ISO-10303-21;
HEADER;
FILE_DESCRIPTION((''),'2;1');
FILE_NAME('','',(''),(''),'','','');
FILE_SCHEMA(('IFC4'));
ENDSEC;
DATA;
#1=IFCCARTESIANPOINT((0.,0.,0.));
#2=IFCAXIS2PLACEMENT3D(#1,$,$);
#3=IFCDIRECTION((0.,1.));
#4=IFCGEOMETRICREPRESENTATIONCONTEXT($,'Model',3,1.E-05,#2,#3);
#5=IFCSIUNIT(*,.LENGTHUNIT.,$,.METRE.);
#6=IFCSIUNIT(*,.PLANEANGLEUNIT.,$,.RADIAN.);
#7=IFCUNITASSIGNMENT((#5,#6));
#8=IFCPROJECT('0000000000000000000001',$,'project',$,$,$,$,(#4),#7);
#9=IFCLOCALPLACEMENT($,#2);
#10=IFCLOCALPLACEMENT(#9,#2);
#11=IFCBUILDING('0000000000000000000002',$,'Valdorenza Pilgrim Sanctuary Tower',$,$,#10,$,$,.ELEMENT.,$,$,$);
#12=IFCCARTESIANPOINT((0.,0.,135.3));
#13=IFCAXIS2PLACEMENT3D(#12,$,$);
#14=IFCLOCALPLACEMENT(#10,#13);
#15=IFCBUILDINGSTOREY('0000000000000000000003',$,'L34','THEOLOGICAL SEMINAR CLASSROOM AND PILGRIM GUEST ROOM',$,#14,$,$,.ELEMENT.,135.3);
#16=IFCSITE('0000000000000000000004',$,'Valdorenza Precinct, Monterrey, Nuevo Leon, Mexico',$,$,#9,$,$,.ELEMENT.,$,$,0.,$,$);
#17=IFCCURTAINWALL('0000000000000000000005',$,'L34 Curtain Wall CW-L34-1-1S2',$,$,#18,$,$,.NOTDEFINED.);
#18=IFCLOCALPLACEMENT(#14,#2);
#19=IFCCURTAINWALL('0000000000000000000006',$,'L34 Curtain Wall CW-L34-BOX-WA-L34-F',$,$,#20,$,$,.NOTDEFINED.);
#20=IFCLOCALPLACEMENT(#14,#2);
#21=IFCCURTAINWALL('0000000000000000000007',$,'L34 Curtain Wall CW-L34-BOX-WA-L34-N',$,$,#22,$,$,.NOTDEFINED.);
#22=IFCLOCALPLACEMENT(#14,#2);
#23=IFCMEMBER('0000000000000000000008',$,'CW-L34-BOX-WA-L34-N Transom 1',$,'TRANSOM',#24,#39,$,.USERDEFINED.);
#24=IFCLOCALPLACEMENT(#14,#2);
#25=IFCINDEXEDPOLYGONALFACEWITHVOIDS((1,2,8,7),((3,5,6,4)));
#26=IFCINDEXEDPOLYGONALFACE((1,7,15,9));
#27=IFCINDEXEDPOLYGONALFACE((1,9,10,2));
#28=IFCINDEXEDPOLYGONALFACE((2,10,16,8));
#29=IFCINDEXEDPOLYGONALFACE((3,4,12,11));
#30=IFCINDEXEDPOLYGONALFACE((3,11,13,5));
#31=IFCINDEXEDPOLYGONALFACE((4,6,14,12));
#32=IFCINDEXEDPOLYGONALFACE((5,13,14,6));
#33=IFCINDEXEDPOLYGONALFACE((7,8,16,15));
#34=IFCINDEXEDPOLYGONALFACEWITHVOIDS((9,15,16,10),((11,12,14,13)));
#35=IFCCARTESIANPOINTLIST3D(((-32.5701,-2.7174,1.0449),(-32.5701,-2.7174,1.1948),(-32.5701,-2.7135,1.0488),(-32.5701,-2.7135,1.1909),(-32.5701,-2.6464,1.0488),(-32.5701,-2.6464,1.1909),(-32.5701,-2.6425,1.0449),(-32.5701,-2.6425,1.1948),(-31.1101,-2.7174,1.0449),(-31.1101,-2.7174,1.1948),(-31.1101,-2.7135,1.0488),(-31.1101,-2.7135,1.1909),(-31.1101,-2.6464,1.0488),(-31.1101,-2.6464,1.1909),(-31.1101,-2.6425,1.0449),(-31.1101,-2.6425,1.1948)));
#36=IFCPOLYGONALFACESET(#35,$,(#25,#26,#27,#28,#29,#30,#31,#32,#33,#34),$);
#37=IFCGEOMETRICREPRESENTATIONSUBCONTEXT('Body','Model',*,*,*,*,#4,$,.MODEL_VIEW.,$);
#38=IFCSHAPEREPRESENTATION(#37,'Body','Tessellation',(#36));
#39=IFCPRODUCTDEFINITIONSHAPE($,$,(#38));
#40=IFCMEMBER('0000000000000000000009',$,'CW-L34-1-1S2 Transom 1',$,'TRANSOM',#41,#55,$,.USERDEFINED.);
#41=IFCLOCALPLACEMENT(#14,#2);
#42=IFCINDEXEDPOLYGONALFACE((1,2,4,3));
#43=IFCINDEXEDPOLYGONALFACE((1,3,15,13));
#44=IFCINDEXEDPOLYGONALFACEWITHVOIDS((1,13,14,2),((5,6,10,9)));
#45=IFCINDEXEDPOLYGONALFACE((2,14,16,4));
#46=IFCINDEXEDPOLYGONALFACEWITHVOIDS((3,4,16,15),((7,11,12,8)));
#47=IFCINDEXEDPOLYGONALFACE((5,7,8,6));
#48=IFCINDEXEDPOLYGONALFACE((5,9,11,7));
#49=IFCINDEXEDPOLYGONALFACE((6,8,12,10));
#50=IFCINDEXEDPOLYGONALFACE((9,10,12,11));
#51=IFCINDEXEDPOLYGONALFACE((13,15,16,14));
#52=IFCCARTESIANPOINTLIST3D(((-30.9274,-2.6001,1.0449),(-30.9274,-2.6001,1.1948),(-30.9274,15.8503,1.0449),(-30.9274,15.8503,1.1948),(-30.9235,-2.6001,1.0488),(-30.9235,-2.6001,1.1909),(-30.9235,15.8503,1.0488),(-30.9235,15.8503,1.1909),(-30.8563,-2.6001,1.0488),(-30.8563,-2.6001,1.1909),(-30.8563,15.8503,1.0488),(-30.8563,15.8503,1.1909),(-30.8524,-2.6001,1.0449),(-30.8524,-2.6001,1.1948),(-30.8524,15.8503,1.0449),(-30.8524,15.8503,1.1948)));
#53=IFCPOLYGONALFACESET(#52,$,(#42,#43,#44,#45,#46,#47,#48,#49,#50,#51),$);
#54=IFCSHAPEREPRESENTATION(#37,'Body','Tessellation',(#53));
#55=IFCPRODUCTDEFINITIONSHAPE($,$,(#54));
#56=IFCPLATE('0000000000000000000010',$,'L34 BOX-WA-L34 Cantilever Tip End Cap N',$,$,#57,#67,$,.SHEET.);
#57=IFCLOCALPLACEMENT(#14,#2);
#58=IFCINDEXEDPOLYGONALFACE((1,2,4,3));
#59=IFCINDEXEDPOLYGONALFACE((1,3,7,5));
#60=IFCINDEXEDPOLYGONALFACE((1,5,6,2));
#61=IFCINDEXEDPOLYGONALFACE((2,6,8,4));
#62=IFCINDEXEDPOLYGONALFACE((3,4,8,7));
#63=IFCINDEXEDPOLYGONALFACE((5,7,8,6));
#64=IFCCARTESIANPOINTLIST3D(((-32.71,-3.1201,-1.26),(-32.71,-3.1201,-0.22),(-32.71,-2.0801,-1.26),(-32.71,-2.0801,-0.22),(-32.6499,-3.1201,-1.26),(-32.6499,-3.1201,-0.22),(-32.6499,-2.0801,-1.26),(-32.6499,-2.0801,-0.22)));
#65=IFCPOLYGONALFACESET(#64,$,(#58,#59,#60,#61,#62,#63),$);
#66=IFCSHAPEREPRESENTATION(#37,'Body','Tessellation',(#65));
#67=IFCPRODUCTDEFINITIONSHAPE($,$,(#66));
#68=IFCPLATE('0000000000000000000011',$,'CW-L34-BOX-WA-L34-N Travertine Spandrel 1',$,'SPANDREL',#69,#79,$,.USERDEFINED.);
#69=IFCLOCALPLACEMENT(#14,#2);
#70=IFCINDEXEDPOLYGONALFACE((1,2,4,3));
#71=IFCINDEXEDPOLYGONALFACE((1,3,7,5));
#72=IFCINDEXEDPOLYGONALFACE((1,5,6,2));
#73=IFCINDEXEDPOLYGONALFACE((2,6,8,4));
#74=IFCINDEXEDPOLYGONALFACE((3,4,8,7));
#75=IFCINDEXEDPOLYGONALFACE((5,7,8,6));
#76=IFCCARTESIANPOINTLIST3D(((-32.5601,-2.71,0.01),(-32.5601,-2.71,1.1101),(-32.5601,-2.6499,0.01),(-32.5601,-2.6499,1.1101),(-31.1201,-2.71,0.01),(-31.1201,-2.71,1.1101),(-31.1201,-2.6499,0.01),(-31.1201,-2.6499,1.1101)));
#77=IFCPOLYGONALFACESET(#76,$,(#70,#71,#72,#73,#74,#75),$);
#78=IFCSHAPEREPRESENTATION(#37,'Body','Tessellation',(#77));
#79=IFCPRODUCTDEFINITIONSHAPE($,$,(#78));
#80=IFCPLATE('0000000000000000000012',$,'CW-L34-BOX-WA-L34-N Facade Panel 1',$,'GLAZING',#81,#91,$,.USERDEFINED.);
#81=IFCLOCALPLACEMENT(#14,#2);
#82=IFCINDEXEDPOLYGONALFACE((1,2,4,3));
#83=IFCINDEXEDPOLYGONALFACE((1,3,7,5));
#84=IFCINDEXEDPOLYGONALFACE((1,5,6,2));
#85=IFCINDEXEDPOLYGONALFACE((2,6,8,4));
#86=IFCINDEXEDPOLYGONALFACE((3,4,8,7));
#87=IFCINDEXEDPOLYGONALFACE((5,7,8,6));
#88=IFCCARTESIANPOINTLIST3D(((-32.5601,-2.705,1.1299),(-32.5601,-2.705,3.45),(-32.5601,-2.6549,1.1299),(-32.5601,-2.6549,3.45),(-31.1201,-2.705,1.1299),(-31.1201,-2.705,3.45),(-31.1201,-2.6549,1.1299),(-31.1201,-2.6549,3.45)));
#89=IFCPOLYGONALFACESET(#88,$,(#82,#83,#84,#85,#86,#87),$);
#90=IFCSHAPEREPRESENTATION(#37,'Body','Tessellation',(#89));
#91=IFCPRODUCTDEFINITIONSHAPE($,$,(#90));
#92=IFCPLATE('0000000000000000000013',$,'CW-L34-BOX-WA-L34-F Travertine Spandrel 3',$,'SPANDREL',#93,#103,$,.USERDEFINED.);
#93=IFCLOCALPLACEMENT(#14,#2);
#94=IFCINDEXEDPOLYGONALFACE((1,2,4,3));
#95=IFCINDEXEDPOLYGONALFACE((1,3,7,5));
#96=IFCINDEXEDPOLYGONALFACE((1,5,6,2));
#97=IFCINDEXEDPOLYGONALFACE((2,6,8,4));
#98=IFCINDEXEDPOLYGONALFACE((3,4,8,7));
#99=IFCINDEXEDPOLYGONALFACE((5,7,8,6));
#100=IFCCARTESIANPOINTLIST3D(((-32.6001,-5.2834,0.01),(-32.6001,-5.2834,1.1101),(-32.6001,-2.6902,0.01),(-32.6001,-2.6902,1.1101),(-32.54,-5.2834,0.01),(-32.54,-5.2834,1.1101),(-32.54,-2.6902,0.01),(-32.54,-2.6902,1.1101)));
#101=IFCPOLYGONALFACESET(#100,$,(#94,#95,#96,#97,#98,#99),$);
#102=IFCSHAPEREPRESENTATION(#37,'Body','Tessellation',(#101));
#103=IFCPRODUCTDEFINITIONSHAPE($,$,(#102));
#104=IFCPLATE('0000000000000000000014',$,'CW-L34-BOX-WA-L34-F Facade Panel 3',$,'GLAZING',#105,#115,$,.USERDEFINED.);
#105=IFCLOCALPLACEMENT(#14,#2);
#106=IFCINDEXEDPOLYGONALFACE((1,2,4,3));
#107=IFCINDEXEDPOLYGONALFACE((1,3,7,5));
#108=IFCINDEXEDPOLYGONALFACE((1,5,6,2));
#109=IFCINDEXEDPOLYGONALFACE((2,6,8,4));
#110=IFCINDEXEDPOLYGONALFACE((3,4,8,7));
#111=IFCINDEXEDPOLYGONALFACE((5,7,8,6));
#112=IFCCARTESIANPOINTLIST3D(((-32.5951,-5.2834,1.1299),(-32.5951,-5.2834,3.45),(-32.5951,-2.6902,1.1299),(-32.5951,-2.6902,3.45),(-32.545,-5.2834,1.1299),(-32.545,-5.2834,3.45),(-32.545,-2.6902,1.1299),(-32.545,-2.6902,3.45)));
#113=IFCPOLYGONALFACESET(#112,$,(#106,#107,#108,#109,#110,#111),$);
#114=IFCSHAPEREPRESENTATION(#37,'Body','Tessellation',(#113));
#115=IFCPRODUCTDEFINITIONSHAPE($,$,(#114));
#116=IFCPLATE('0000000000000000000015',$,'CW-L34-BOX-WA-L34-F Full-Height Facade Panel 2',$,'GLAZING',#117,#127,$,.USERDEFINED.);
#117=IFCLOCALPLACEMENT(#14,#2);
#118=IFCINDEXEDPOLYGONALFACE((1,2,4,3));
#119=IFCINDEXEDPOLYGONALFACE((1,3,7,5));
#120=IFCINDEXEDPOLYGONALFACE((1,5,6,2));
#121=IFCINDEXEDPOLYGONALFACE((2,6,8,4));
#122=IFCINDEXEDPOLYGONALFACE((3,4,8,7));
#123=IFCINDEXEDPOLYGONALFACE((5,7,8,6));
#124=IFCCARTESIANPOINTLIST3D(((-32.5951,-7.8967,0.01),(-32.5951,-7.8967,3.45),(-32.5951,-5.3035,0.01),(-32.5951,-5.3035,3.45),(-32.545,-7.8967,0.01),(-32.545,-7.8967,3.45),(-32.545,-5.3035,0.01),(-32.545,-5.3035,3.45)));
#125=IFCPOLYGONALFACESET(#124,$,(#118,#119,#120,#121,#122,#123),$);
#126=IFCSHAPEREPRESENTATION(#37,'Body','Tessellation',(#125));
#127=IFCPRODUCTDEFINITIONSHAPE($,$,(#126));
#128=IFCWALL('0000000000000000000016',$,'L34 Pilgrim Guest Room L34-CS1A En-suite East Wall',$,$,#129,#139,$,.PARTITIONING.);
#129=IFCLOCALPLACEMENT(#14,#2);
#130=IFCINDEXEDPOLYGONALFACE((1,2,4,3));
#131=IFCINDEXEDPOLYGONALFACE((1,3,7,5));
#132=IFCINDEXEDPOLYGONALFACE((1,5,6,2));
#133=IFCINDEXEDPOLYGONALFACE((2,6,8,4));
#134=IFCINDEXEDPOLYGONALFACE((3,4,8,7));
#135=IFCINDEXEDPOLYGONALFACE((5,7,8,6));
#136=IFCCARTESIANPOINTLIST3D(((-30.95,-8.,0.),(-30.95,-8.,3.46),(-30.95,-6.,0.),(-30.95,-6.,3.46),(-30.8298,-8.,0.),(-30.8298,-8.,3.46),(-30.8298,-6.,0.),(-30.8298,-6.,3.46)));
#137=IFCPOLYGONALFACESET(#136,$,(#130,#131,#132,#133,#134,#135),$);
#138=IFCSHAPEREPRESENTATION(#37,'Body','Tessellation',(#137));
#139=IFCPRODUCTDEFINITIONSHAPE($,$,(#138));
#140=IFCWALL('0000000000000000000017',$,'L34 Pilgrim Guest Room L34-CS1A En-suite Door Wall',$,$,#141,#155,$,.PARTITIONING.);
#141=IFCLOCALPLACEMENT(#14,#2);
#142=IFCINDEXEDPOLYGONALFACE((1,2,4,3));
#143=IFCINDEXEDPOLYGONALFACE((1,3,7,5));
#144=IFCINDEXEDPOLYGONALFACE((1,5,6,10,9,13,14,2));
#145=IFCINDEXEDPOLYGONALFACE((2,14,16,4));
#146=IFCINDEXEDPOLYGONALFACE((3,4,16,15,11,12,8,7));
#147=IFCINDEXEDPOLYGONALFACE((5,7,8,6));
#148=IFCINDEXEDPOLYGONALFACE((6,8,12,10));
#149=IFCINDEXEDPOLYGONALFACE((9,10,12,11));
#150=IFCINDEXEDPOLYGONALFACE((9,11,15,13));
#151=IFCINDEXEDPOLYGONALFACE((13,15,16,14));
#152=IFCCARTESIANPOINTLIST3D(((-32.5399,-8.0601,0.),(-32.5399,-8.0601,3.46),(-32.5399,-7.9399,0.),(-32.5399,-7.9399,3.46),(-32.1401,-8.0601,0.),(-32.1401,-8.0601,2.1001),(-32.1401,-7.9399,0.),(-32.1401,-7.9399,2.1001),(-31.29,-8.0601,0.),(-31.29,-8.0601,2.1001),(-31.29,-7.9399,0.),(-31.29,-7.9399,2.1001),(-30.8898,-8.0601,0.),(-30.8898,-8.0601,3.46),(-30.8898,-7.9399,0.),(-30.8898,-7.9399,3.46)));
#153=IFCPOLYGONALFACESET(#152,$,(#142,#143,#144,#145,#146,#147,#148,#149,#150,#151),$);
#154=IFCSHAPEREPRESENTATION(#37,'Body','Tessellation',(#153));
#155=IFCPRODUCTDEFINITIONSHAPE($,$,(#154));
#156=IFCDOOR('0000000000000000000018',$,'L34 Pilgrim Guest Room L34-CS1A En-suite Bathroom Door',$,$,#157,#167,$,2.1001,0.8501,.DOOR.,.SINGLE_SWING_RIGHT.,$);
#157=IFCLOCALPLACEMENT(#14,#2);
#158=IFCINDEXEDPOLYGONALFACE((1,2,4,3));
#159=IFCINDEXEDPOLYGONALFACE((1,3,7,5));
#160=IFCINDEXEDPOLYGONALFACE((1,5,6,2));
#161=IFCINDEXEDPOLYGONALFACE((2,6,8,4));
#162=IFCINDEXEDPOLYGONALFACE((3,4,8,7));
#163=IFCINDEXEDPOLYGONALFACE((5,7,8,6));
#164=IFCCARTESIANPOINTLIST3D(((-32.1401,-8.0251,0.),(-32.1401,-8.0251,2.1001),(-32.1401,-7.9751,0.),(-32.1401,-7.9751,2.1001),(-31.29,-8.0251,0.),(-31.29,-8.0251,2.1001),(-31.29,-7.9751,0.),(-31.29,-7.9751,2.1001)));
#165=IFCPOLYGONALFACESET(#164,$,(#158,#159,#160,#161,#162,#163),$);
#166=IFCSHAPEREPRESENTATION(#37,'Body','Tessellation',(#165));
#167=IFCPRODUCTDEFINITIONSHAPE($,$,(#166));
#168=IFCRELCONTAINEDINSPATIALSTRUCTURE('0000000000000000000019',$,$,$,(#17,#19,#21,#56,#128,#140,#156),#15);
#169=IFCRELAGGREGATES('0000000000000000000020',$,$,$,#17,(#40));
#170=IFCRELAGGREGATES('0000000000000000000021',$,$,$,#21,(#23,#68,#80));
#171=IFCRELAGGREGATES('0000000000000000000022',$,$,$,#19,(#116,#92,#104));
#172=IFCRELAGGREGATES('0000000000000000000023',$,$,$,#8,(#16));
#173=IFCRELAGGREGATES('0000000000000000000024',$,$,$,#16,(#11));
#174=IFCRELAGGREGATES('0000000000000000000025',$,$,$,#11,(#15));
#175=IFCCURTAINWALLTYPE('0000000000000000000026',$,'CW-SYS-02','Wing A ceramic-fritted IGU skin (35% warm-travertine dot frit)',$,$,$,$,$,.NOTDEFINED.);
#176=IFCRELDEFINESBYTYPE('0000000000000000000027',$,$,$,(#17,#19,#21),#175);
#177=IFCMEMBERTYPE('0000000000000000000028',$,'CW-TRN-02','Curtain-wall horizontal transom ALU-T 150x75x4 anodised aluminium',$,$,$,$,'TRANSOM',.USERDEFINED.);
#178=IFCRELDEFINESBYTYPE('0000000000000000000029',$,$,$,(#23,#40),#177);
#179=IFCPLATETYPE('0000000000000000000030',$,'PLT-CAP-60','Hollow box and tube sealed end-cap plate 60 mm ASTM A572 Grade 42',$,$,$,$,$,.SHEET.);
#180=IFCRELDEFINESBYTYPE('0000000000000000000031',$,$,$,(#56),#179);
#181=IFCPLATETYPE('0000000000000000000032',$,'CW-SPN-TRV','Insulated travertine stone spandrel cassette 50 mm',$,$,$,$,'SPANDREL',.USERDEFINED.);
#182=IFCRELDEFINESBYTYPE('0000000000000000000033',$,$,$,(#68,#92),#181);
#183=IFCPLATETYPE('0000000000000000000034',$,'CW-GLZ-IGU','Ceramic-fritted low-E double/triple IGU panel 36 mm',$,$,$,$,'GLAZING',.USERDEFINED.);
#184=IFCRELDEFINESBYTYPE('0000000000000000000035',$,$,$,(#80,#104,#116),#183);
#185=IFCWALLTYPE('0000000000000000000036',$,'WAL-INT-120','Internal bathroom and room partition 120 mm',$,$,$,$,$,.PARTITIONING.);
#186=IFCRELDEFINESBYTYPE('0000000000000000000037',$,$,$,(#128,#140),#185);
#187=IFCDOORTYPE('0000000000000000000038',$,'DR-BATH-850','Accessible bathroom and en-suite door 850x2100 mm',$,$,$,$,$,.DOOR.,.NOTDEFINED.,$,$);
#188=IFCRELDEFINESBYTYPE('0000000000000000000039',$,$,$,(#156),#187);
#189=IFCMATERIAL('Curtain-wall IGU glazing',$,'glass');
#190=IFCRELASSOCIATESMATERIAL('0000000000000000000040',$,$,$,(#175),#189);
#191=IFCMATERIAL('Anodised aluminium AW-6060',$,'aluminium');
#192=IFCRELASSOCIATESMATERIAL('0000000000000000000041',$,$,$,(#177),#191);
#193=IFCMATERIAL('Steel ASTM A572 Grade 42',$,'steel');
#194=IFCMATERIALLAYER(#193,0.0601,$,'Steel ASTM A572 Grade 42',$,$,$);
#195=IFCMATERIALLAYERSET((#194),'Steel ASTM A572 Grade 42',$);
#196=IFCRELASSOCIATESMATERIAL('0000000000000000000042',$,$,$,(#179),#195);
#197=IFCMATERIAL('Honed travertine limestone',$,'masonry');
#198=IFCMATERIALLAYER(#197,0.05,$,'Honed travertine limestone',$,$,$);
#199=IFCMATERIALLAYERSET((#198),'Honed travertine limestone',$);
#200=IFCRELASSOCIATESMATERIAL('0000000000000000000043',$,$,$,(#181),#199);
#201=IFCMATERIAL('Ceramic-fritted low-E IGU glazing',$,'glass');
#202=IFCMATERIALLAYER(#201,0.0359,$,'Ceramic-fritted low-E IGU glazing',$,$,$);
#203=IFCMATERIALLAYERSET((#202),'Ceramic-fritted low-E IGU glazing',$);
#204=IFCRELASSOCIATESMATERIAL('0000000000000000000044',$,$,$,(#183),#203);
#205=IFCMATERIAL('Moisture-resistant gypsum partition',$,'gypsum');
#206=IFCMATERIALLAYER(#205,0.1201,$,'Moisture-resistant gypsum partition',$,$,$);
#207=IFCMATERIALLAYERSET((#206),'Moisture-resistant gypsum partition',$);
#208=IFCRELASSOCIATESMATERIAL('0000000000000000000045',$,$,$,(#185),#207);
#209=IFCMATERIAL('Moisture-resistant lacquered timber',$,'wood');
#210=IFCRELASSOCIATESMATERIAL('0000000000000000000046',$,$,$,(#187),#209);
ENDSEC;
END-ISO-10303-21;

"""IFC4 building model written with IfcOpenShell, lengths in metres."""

from ifc_helpers import new_model, si_unit, direction, frame, frame_2d, origin, origin_2d, place, context, subcontext, project, spatial, rectangle, hollow_rectangle, extrude, source, transform, mapped, material, layer, layer_set, material_profile, profile_set, type_object, element, fill, aggregate, save


model = new_model("IFC4")

# Units and contexts
model_context = context("Model", 3, precision=1e-05, world=origin(), true_north=direction((0.0, 1.0)))
body_context = subcontext(model_context, "Body", "Model", "MODEL_VIEW")
ifc_project = project(units=[si_unit("LENGTHUNIT", "METRE"), si_unit("PLANEANGLEUNIT", "RADIAN")], contexts=[model_context])

# Site, building, storey
site_placement = place(None, origin())
site = spatial("IfcSite", under=ifc_project, at=site_placement, Name="Valdorenza Precinct, Monterrey, Nuevo Leon, Mexico", CompositionType="ELEMENT", RefElevation=0.0)
building_placement = place(site_placement, origin())
building = spatial("IfcBuilding", under=site, at=building_placement, Name="Valdorenza Pilgrim Sanctuary Tower", CompositionType="ELEMENT")
storey_placement = place(building_placement, frame((0.0, 0.0, 135.3)))
storey = spatial("IfcBuildingStorey", under=building, at=storey_placement, Name="L34", Description="THEOLOGICAL SEMINAR CLASSROOM AND PILGRIM GUEST ROOM", CompositionType="ELEMENT", Elevation=135.3)

# Shared definitions
ifc_material_1 = material(Name="Steel ASTM A572 Grade 42", Category="steel")

# Curtain wall
ifc_material_2 = material(Name="Curtain-wall IGU glazing", Category="glass")
curtain_wall_type = type_object("IfcCurtainWallType", Name="CW-SYS-02", Description="Wing A ceramic-fritted IGU skin (35% warm-travertine dot frit)", PredefinedType="NOTDEFINED", material=ifc_material_2)
curtain_wall_1_placement = place(storey_placement, origin())
curtain_wall_1 = element("IfcCurtainWall", 1, at=curtain_wall_1_placement, inside=storey, type_object=curtain_wall_type, Name="L34 Curtain Wall CW-L34-1-1S2", PredefinedType="NOTDEFINED")
ifc_material_3 = material(Name="Anodised aluminium AW-6060", Category="aluminium")

# Curtain walls, member
curtain_wall_2_placement = place(storey_placement, origin())
curtain_wall_2 = element("IfcCurtainWall", 2, at=curtain_wall_2_placement, inside=storey, type_object=curtain_wall_type, Name="L34 Curtain Wall CW-L34-BOX-WA-L34-F", PredefinedType="NOTDEFINED")
curtain_wall_3_placement = place(storey_placement, origin())
curtain_wall_3 = element("IfcCurtainWall", 3, at=curtain_wall_3_placement, inside=storey, type_object=curtain_wall_type, Name="L34 Curtain Wall CW-L34-BOX-WA-L34-N", PredefinedType="NOTDEFINED")
ifc_material_profile_1 = material_profile(ifc_material_3, hollow_rectangle(XDim=0.075, YDim=0.1499, WallThickness=0.0039, at=origin_2d()), Name="ALU-T 150x75x4")
ifc_profile_set_1 = profile_set([ifc_material_profile_1], Name="Anodised aluminium AW-6060")
member_type_1 = type_object("IfcMemberType", Name="CW-TRN-02", Description="Curtain-wall horizontal transom ALU-T 150x75x4 anodised aluminium", ElementType="TRANSOM", PredefinedType="USERDEFINED", material=ifc_profile_set_1)
shared_shape_1 = source(origin(), body_context, "Body", "SweptSolid", [
    extrude(hollow_rectangle(XDim=0.075, YDim=0.1499, WallThickness=0.0039, at=origin_2d()), origin(), (0.0, 0.0, 1.0), 1.46),
])
member_1_placement = place(storey_placement, frame((-32.5701, -2.6799, 1.1199), z_axis=(1.0, 0.0, 0.0), x_axis=(0.0, 1.0, 0.0)))
member_1 = element("IfcMember", 4, at=member_1_placement, type_object=member_type_1, Name="CW-L34-BOX-WA-L34-N Transom 1", ObjectType="TRANSOM", PredefinedType="USERDEFINED", context=body_context, shape_type="MappedRepresentation", body=[
    mapped(shared_shape_1, transform((0.0, 0.0, 0.0), x_axis=(1.0, 0.0, 0.0), y_axis=(0.0, 1.0, 0.0), z_axis=(0.0, 0.0, 1.0), scale=1.0)),
])

# Member
shared_shape_2 = source(origin(), body_context, "Body", "SweptSolid", [
    extrude(hollow_rectangle(XDim=0.075, YDim=0.1499, WallThickness=0.0039, at=origin_2d()), origin(), (0.0, 0.0, 1.0), 18.4504),
])
member_2_placement = place(storey_placement, frame((-30.8899, -2.6001, 1.1199), z_axis=(0.0, 1.0, 0.0), x_axis=(-1.0, 0.0, 0.0)))
member_2 = element("IfcMember", 5, at=member_2_placement, type_object=member_type_1, Name="CW-L34-1-1S2 Transom 1", ObjectType="TRANSOM", PredefinedType="USERDEFINED", context=body_context, shape_type="MappedRepresentation", body=[
    mapped(shared_shape_2, transform((0.0, 0.0, 0.0), x_axis=(1.0, 0.0, 0.0), y_axis=(0.0, 1.0, 0.0), z_axis=(0.0, 0.0, 1.0), scale=1.0)),
])
aggregate(curtain_wall_1, [member_2])

# Plates
ifc_layer_1 = layer(ifc_material_1, 0.0601, Name="Steel ASTM A572 Grade 42")
ifc_layer_set_1 = layer_set([ifc_layer_1], Name="Steel ASTM A572 Grade 42")
plate_type_1 = type_object("IfcPlateType", Name="PLT-CAP-60", Description="Hollow box and tube sealed end-cap plate 60 mm ASTM A572 Grade 42", PredefinedType="SHEET", material=ifc_layer_set_1)
shared_shape_3 = source(origin(), body_context, "Body", "SweptSolid", [
    extrude(rectangle(XDim=0.0601, YDim=1.04, at=origin_2d()), origin(), (0.0, 0.0, 1.0), 1.04),
])
plate_1_placement = place(storey_placement, frame((-32.6799, -2.6001, -1.26), z_axis=(0.0, 0.0, 1.0), x_axis=(1.0, 0.0, 0.0)))
element("IfcPlate", 6, at=plate_1_placement, inside=storey, type_object=plate_type_1, Name="L34 BOX-WA-L34 Cantilever Tip End Cap N", PredefinedType="SHEET", context=body_context, shape_type="MappedRepresentation", body=[
    mapped(shared_shape_3, transform((0.0, 0.0, 0.0), x_axis=(1.0, 0.0, 0.0), y_axis=(0.0, 1.0, 0.0), z_axis=(0.0, 0.0, 1.0), scale=1.0)),
])
ifc_material_4 = material(Name="Honed travertine limestone", Category="masonry")
ifc_layer_2 = layer(ifc_material_4, 0.05, Name="Honed travertine limestone")
ifc_layer_set_2 = layer_set([ifc_layer_2], Name="Honed travertine limestone")
plate_type_2 = type_object("IfcPlateType", Name="CW-SPN-TRV", Description="Insulated travertine stone spandrel cassette 50 mm", ElementType="SPANDREL", PredefinedType="USERDEFINED", material=ifc_layer_set_2)
shared_shape_4 = source(origin(), body_context, "Body", "SweptSolid", [
    extrude(rectangle(XDim=1.4399, YDim=0.0601, at=origin_2d()), origin(), (0.0, 0.0, 1.0), 1.1001),
])
plate_2_placement = place(storey_placement, frame((-31.8401, -2.6799, 0.01), z_axis=(0.0, 0.0, 1.0), x_axis=(1.0, 0.0, 0.0)))
plate_2 = element("IfcPlate", 7, at=plate_2_placement, type_object=plate_type_2, Name="CW-L34-BOX-WA-L34-N Travertine Spandrel 1", ObjectType="SPANDREL", PredefinedType="USERDEFINED", context=body_context, shape_type="MappedRepresentation", body=[
    mapped(shared_shape_4, transform((0.0, 0.0, 0.0), x_axis=(1.0, 0.0, 0.0), y_axis=(0.0, 1.0, 0.0), z_axis=(0.0, 0.0, 1.0), scale=1.0)),
])
ifc_material_5 = material(Name="Ceramic-fritted low-E IGU glazing", Category="glass")
ifc_layer_3 = layer(ifc_material_5, 0.0359, Name="Ceramic-fritted low-E IGU glazing")
ifc_layer_set_3 = layer_set([ifc_layer_3], Name="Ceramic-fritted low-E IGU glazing")
plate_type_3 = type_object("IfcPlateType", Name="CW-GLZ-IGU", Description="Ceramic-fritted low-E double/triple IGU panel 36 mm", ElementType="GLAZING", PredefinedType="USERDEFINED", material=ifc_layer_set_3)
shared_shape_5 = source(origin(), body_context, "Body", "SweptSolid", [
    extrude(rectangle(XDim=1.4399, YDim=0.05, at=origin_2d()), origin(), (0.0, 0.0, 1.0), 2.3201),
])
plate_3_placement = place(storey_placement, frame((-31.8401, -2.6799, 1.1299), z_axis=(0.0, 0.0, 1.0), x_axis=(1.0, 0.0, 0.0)))
plate_3 = element("IfcPlate", 8, at=plate_3_placement, type_object=plate_type_3, Name="CW-L34-BOX-WA-L34-N Facade Panel 1", ObjectType="GLAZING", PredefinedType="USERDEFINED", context=body_context, shape_type="MappedRepresentation", body=[
    mapped(shared_shape_5, transform((0.0, 0.0, 0.0), x_axis=(1.0, 0.0, 0.0), y_axis=(0.0, 1.0, 0.0), z_axis=(0.0, 0.0, 1.0), scale=1.0)),
])
aggregate(curtain_wall_3, [member_1, plate_2, plate_3])
shared_shape_6 = source(origin(), body_context, "Body", "SweptSolid", [
    extrude(rectangle(XDim=2.5933, YDim=0.0601, at=origin_2d()), origin(), (0.0, 0.0, 1.0), 1.1001),
])
plate_4_placement = place(storey_placement, frame((-32.5701, -3.9868, 0.01), z_axis=(0.0, 0.0, 1.0), x_axis=(0.0, 1.0, 0.0)))
plate_4 = element("IfcPlate", 9, at=plate_4_placement, type_object=plate_type_2, Name="CW-L34-BOX-WA-L34-F Travertine Spandrel 3", ObjectType="SPANDREL", PredefinedType="USERDEFINED", context=body_context, shape_type="MappedRepresentation", body=[
    mapped(shared_shape_6, transform((0.0, 0.0, 0.0), x_axis=(1.0, 0.0, 0.0), y_axis=(0.0, 1.0, 0.0), z_axis=(0.0, 0.0, 1.0), scale=1.0)),
])
shared_shape_7 = source(origin(), body_context, "Body", "SweptSolid", [
    extrude(rectangle(XDim=2.5933, YDim=0.05, at=origin_2d()), origin(), (0.0, 0.0, 1.0), 2.3201),
])
plate_5_placement = place(storey_placement, frame((-32.5701, -3.9868, 1.1299), z_axis=(0.0, 0.0, 1.0), x_axis=(0.0, 1.0, 0.0)))
plate_5 = element("IfcPlate", 10, at=plate_5_placement, type_object=plate_type_3, Name="CW-L34-BOX-WA-L34-F Facade Panel 3", ObjectType="GLAZING", PredefinedType="USERDEFINED", context=body_context, shape_type="MappedRepresentation", body=[
    mapped(shared_shape_7, transform((0.0, 0.0, 0.0), x_axis=(1.0, 0.0, 0.0), y_axis=(0.0, 1.0, 0.0), z_axis=(0.0, 0.0, 1.0), scale=1.0)),
])
shared_shape_8 = source(origin(), body_context, "Body", "SweptSolid", [
    extrude(rectangle(XDim=2.5933, YDim=0.05, at=origin_2d()), origin(), (0.0, 0.0, 1.0), 3.4399),
])
plate_6_placement = place(storey_placement, frame((-32.5701, -6.6001, 0.01), z_axis=(0.0, 0.0, 1.0), x_axis=(0.0, 1.0, 0.0)))
plate_6 = element("IfcPlate", 11, at=plate_6_placement, type_object=plate_type_3, Name="CW-L34-BOX-WA-L34-F Full-Height Facade Panel 2", ObjectType="GLAZING", PredefinedType="USERDEFINED", context=body_context, shape_type="MappedRepresentation", body=[
    mapped(shared_shape_8, transform((0.0, 0.0, 0.0), x_axis=(1.0, 0.0, 0.0), y_axis=(0.0, 1.0, 0.0), z_axis=(0.0, 0.0, 1.0), scale=1.0)),
])
aggregate(curtain_wall_2, [plate_6, plate_4, plate_5])

# Wall
ifc_material_6 = material(Name="Moisture-resistant gypsum partition", Category="gypsum")
ifc_layer_4 = layer(ifc_material_6, 0.1201, Name="Moisture-resistant gypsum partition")
ifc_layer_set_4 = layer_set([ifc_layer_4], Name="Moisture-resistant gypsum partition")
wall_type_1 = type_object("IfcWallType", Name="WAL-INT-120", Description="Internal bathroom and room partition 120 mm", PredefinedType="PARTITIONING", material=ifc_layer_set_4)
wall_1_placement = place(storey_placement, frame((-30.8899, -8.0, 0.0), z_axis=(0.0, 0.0, 1.0), x_axis=(0.0, 1.0, 0.0)))
element("IfcWall", 12, at=wall_1_placement, inside=storey, type_object=wall_type_1, Name="L34 Pilgrim Guest Room L34-CS1A En-suite East Wall", PredefinedType="PARTITIONING", context=body_context, shape_type="SweptSolid", body=[
    extrude(rectangle(XDim=2.0, YDim=0.1201, at=frame_2d((1.0, 0.0))), origin(), (0.0, 0.0, 1.0), 3.46),
])

# Wall, opening, door
wall_2_placement = place(storey_placement, frame((-32.54, -8.0, 0.0), z_axis=(0.0, 0.0, 1.0), x_axis=(1.0, 0.0, 0.0)))
wall_2 = element("IfcWall", 13, at=wall_2_placement, inside=storey, type_object=wall_type_1, Name="L34 Pilgrim Guest Room L34-CS1A En-suite Door Wall", PredefinedType="PARTITIONING", context=body_context, shape_type="SweptSolid", body=[
    extrude(rectangle(XDim=1.6501, YDim=0.1201, at=frame_2d((0.8252, 0.0))), origin(), (0.0, 0.0, 1.0), 3.46),
])
opening_1_placement = place(wall_2_placement, frame((0.3999, 0.0, 0.0)))
opening_1 = element("IfcOpeningElement", 14, at=opening_1_placement, cuts=wall_2, PredefinedType="OPENING", context=body_context, shape_type="SweptSolid", body=[
    extrude(rectangle(XDim=0.8501, YDim=2.1001, at=frame_2d((0.425, 1.05))), frame((0.0, 0.075, 0.0), z_axis=(0.0, -1.0, 0.0), x_axis=(1.0, 0.0, 0.0)), (0.0, 0.0, 1.0), 0.1499),
])
ifc_material_7 = material(Name="Moisture-resistant lacquered timber", Category="wood")
door_type_1 = type_object("IfcDoorType", Name="DR-BATH-850", Description="Accessible bathroom and en-suite door 850x2100 mm", OperationType="NOTDEFINED", PredefinedType="DOOR", material=ifc_material_7)
door_1_placement = place(opening_1_placement, origin())
door_1 = element("IfcDoor", 15, at=door_1_placement, inside=storey, type_object=door_type_1, Name="L34 Pilgrim Guest Room L34-CS1A En-suite Bathroom Door", OperationType="SINGLE_SWING_RIGHT", OverallHeight=2.1001, OverallWidth=0.8501, PredefinedType="DOOR", context=body_context, shape_type="SweptSolid", body=[
    extrude(rectangle(XDim=0.8501, YDim=2.1001, at=frame_2d((0.425, 1.05))), frame((0.0, 0.0249, 0.0), z_axis=(0.0, -1.0, 0.0), x_axis=(1.0, 0.0, 0.0)), (0.0, 0.0, 1.0), 0.05),
])
fill(opening_1, door_1)

save(model, "model.ifc")
